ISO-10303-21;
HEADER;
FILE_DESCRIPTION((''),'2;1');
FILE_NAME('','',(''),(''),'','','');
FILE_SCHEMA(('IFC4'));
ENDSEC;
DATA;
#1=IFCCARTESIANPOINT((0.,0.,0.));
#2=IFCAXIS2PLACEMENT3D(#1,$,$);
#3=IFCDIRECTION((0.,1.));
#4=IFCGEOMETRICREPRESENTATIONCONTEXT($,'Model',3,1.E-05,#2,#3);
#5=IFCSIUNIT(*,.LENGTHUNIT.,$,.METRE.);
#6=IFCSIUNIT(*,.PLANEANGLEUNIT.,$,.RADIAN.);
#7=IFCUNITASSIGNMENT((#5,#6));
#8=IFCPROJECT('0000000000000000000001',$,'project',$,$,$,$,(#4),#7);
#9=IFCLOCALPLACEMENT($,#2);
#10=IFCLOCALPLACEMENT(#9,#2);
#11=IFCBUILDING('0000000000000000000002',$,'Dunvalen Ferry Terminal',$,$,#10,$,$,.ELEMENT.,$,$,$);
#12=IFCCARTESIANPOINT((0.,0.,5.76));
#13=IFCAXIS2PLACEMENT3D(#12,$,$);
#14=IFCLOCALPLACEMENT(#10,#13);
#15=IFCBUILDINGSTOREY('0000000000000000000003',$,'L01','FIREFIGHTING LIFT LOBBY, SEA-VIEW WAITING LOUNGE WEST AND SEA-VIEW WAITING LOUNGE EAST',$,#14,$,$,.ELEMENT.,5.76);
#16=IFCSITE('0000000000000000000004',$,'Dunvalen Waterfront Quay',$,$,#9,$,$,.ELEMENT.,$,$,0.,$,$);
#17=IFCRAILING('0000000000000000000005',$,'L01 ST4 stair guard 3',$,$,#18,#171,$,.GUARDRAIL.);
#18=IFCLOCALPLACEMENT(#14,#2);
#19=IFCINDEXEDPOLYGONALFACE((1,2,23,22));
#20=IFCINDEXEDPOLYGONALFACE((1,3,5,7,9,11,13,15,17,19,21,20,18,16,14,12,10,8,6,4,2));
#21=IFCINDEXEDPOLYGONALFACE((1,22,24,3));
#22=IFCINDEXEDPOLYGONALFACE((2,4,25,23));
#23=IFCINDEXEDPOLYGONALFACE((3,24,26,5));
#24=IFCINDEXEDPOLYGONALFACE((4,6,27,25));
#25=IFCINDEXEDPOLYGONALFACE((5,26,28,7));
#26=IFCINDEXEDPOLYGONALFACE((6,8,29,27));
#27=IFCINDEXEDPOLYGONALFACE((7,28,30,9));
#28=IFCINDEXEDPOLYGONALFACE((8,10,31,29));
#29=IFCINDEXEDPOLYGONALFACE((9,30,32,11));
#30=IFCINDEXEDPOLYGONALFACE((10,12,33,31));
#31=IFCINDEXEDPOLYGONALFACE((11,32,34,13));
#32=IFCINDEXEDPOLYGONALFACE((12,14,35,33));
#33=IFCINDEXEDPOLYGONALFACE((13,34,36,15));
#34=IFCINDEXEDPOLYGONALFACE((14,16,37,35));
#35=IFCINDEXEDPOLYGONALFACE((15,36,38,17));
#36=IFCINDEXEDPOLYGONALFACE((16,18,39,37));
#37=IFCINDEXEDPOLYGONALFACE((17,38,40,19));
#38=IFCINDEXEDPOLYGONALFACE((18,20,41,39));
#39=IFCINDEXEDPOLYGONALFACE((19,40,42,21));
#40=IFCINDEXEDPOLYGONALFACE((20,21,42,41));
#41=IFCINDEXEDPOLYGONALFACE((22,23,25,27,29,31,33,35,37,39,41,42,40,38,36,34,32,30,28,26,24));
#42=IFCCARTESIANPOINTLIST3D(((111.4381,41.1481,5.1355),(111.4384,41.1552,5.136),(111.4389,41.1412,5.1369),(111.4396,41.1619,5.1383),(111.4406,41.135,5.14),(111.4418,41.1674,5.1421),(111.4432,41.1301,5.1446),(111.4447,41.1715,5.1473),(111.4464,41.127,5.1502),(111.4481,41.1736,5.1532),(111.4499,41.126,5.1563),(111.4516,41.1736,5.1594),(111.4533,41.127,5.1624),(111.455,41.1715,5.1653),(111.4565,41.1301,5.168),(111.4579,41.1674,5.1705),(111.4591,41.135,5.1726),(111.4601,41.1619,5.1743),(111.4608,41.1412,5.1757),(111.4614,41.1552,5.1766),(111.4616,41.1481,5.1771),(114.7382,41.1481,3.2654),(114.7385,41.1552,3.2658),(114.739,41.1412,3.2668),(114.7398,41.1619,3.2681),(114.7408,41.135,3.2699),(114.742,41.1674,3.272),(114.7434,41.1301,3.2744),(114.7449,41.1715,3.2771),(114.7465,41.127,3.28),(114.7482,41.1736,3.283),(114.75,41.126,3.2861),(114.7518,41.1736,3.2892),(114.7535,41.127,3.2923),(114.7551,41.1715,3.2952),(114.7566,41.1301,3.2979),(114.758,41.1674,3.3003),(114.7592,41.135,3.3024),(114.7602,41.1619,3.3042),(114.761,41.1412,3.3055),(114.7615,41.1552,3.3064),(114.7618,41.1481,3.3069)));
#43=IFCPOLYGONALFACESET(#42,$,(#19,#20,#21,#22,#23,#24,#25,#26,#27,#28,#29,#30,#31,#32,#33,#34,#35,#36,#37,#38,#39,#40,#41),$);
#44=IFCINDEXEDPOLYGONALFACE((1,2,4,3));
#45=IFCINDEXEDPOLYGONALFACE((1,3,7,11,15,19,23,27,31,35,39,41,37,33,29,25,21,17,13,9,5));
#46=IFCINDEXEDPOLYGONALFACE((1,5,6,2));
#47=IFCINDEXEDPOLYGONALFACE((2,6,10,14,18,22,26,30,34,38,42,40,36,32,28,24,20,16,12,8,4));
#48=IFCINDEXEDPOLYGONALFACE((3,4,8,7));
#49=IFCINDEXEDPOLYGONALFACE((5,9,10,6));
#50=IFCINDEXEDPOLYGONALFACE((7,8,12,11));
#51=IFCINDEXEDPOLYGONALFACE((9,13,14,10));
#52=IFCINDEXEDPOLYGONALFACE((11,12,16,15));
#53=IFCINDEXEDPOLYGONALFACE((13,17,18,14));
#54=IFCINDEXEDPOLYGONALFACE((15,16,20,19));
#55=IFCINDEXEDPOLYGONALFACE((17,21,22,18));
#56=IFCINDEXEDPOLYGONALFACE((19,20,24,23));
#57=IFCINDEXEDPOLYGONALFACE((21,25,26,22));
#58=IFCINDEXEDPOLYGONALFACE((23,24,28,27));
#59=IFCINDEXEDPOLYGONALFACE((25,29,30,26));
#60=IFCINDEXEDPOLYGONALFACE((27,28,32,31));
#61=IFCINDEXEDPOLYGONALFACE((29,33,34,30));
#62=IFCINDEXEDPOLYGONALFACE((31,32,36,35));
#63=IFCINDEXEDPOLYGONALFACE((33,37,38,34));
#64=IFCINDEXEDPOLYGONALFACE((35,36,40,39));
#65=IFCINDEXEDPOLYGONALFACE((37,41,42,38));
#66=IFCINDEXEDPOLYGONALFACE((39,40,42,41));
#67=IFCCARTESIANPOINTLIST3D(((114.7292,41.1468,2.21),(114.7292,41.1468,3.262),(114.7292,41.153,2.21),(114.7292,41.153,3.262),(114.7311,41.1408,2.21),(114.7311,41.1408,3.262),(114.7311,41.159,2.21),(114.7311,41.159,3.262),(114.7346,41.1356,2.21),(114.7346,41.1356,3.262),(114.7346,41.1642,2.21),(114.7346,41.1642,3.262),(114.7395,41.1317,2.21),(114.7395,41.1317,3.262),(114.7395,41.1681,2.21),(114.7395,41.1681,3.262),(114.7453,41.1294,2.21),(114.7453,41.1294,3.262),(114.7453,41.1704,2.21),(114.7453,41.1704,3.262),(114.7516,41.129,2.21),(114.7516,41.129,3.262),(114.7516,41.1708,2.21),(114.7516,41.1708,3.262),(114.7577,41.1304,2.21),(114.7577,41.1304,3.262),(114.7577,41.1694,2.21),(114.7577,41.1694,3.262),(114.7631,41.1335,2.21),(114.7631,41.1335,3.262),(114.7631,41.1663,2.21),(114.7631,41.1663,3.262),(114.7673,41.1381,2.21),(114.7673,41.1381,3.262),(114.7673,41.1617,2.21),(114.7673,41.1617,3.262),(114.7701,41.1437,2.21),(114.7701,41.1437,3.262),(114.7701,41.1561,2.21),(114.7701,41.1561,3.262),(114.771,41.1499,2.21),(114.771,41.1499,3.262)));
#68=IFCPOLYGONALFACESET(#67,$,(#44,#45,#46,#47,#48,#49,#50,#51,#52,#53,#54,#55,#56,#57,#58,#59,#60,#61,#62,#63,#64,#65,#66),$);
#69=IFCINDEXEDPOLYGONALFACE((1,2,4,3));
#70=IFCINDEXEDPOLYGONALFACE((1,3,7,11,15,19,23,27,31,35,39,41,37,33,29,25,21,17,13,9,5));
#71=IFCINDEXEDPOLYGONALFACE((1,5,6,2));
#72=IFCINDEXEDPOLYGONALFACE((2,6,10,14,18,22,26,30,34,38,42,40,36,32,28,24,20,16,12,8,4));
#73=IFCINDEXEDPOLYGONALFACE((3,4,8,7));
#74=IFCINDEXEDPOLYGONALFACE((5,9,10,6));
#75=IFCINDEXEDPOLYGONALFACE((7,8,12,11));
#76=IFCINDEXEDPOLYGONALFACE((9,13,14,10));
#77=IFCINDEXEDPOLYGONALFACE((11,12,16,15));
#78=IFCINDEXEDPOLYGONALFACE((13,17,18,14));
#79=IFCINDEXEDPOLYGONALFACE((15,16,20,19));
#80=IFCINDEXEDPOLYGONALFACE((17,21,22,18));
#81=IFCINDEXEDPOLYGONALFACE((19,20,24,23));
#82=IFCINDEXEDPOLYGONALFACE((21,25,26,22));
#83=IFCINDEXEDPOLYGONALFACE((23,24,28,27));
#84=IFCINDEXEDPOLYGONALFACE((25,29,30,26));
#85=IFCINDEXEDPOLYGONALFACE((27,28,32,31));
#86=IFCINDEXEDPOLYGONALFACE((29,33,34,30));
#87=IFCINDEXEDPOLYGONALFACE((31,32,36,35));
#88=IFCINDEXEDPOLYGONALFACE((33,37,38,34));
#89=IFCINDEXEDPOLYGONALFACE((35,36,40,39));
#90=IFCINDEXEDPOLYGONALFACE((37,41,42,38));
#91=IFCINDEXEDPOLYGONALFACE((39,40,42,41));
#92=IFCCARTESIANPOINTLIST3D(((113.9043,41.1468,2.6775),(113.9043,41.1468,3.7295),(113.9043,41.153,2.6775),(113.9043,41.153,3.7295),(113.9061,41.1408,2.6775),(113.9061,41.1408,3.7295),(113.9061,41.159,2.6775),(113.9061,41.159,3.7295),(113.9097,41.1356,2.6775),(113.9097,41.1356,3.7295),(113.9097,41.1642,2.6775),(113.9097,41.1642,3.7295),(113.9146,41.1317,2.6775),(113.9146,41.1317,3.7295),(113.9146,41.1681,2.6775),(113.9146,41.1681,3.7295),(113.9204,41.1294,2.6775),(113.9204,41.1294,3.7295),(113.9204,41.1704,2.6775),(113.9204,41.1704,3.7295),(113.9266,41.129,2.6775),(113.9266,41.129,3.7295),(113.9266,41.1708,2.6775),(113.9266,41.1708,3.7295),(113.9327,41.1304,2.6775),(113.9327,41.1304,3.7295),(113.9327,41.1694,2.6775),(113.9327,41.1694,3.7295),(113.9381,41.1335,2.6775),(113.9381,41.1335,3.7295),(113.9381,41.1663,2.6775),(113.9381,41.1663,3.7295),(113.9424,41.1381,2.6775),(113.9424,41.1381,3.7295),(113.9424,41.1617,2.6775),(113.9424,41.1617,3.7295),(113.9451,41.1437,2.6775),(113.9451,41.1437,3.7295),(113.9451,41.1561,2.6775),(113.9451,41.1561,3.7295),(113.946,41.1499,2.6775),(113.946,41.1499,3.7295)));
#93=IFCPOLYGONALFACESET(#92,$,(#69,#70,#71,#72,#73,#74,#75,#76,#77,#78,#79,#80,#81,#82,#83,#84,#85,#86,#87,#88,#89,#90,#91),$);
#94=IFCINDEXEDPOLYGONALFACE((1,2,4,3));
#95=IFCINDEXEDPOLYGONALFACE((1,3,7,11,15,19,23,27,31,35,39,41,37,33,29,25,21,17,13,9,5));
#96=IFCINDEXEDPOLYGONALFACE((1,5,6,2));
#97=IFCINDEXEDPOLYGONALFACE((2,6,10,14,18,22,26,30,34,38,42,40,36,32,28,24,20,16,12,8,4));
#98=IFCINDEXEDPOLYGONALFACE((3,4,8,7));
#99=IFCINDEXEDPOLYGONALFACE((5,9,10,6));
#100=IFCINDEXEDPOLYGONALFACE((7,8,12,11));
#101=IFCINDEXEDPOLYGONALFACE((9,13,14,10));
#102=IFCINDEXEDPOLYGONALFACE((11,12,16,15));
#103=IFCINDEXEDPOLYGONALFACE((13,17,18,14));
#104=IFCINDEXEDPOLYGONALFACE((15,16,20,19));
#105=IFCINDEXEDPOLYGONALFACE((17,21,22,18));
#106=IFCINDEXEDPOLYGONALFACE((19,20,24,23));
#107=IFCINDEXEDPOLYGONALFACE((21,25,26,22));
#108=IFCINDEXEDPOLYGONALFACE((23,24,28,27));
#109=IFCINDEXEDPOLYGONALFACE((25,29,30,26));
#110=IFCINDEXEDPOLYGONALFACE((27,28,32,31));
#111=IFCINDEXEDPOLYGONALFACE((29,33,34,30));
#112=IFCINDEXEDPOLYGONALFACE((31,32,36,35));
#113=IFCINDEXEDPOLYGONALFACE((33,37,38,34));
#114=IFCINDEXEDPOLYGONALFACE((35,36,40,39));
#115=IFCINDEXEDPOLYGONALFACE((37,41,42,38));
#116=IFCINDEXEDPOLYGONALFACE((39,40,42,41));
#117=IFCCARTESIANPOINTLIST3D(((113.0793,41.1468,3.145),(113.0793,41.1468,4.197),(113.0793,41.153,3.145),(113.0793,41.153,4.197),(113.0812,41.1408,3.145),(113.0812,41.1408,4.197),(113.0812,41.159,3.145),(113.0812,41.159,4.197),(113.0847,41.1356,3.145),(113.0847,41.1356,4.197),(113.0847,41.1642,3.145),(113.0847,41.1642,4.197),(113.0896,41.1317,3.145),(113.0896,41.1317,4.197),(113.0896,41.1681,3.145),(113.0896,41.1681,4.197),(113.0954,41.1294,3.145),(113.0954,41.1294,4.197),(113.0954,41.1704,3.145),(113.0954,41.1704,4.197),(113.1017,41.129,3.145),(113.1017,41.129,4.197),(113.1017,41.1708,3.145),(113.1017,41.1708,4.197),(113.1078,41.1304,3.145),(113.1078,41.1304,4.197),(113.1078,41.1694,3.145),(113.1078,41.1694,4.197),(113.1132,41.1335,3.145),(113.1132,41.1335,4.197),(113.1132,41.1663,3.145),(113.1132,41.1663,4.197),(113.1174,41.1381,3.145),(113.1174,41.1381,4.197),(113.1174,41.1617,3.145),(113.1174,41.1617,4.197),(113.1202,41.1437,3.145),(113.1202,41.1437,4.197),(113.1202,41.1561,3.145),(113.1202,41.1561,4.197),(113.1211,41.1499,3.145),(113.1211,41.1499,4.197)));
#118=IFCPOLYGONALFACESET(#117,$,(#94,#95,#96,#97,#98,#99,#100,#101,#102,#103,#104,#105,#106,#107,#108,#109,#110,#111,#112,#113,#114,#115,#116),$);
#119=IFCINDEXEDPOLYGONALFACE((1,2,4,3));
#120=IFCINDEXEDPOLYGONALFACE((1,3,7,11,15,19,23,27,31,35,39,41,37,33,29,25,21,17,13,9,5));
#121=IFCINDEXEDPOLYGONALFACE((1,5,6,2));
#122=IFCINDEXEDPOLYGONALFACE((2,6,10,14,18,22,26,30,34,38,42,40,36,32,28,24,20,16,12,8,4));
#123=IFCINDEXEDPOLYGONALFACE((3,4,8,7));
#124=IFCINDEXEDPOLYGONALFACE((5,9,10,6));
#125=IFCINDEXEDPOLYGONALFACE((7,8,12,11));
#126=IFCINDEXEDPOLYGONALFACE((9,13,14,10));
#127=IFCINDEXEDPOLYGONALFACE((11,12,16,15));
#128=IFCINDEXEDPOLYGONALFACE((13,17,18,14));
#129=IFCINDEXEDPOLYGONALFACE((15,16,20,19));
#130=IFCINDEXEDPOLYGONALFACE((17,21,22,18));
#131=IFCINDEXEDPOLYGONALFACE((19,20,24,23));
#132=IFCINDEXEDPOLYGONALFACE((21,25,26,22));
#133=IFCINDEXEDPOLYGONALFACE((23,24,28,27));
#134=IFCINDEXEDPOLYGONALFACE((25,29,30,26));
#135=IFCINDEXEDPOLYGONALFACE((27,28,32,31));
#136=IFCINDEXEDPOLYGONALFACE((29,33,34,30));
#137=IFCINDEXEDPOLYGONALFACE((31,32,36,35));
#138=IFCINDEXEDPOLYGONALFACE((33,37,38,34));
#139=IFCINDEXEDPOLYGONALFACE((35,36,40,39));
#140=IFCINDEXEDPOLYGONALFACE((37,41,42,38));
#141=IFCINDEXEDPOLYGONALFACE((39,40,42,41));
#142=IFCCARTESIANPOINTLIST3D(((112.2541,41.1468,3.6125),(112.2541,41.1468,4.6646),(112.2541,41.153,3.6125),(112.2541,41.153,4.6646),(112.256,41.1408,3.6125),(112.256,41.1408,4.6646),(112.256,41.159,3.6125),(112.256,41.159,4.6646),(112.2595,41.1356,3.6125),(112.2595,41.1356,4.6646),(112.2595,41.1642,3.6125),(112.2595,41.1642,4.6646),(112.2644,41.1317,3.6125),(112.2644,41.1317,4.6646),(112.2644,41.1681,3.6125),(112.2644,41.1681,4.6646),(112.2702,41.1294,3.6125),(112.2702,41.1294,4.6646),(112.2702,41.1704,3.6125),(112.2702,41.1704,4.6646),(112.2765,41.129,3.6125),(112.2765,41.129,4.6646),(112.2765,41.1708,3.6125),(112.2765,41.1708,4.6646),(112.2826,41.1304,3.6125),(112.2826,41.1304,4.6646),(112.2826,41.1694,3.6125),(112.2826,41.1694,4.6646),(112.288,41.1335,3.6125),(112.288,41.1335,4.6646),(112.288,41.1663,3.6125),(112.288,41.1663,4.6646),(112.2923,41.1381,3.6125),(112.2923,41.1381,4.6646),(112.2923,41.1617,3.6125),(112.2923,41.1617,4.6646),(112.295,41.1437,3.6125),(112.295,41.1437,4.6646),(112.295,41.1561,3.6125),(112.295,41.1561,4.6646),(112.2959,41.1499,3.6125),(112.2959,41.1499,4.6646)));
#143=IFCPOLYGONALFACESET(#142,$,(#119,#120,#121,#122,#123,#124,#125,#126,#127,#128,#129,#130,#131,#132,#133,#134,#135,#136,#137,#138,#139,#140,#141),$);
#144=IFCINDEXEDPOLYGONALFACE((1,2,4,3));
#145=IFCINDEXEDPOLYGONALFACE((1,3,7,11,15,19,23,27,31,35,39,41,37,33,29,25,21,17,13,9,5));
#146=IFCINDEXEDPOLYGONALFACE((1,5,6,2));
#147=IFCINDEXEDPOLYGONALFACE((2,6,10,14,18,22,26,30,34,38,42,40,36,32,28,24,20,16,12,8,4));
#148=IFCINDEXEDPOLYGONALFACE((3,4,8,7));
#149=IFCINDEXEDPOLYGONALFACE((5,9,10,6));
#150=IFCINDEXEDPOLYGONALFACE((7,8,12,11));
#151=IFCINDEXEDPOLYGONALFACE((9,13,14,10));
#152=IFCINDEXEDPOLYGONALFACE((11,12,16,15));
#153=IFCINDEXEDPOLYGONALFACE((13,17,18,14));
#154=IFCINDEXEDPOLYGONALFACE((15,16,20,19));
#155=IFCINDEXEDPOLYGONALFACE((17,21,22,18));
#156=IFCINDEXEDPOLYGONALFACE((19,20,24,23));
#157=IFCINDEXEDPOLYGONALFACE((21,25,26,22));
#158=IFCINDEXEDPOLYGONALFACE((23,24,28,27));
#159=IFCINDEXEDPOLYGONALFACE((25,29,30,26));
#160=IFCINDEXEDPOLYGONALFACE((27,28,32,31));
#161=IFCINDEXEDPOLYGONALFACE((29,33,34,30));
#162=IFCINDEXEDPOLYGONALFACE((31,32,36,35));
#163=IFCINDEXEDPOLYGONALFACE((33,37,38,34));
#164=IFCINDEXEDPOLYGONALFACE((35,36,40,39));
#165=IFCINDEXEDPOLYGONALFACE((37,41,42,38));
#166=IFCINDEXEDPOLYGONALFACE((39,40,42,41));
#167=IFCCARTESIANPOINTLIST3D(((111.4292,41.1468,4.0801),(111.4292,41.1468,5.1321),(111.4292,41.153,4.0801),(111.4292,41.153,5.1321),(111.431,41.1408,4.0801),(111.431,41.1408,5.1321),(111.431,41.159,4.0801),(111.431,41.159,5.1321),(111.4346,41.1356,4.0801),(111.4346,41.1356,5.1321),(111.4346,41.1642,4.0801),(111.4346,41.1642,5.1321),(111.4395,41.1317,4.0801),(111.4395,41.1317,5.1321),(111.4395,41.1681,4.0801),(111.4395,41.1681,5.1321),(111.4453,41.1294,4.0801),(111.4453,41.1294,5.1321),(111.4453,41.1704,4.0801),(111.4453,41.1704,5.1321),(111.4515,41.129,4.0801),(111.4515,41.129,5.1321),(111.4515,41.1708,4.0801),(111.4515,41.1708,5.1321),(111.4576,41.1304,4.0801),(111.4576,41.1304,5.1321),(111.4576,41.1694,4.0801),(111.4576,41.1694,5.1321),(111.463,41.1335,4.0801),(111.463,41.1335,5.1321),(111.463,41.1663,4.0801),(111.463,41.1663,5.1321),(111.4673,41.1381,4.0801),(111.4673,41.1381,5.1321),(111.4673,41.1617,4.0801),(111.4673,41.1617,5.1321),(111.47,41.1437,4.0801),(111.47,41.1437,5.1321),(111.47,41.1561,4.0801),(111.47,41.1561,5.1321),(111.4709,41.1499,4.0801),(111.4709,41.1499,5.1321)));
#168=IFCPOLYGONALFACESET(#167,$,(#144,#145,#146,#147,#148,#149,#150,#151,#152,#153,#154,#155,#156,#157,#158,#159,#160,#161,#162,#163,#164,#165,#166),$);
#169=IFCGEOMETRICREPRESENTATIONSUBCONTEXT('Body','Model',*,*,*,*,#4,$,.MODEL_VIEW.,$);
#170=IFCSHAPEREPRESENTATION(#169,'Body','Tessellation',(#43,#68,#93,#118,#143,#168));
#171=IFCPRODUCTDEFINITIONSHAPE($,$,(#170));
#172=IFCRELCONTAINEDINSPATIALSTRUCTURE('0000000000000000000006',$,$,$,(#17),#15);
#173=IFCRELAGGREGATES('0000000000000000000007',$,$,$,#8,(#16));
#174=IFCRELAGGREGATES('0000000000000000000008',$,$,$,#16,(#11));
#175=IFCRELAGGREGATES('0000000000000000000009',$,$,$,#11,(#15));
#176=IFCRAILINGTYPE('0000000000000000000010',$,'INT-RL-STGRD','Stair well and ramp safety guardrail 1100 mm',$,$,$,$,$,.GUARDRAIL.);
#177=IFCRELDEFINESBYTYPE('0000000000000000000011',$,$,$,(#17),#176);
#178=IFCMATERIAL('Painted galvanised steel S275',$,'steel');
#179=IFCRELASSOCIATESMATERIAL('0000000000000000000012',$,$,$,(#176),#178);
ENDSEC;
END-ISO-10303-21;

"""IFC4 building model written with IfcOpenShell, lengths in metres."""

from ifc_helpers import new_model, si_unit, direction, frame, origin, origin_2d, place, context, subcontext, project, spatial, circle, extrude, material, type_object, element, save


model = new_model("IFC4")

# Units and contexts
model_context = context("Model", 3, precision=1e-05, world=origin(), true_north=direction((0.0, 1.0)))
body_context = subcontext(model_context, "Body", "Model", "MODEL_VIEW")
ifc_project = project(units=[si_unit("LENGTHUNIT", "METRE"), si_unit("PLANEANGLEUNIT", "RADIAN")], contexts=[model_context])

# Site, building, storey
site_placement = place(None, origin())
site = spatial("IfcSite", under=ifc_project, at=site_placement, Name="Dunvalen Waterfront Quay", CompositionType="ELEMENT", RefElevation=0.0)
building_placement = place(site_placement, origin())
building = spatial("IfcBuilding", under=site, at=building_placement, Name="Dunvalen Ferry Terminal", CompositionType="ELEMENT")
storey_placement = place(building_placement, frame((0.0, 0.0, 5.76)))
storey = spatial("IfcBuildingStorey", under=building, at=storey_placement, Name="L01", Description="FIREFIGHTING LIFT LOBBY, SEA-VIEW WAITING LOUNGE WEST AND SEA-VIEW WAITING LOUNGE EAST", CompositionType="ELEMENT", Elevation=5.76)

# Railing
ifc_material_1 = material(Name="Painted galvanised steel S275", Category="steel")
railing_type_1 = type_object("IfcRailingType", Name="INT-RL-STGRD", Description="Stair well and ramp safety guardrail 1100 mm", PredefinedType="GUARDRAIL", material=ifc_material_1)
railing_1_placement = place(storey_placement, frame((114.75, 41.1499, 2.21)))
element("IfcRailing", 1, at=railing_1_placement, inside=storey, type_object=railing_type_1, Name="L01 ST4 stair guard 3", PredefinedType="GUARDRAIL", context=body_context, shape_type="SweptSolid", body=[
    extrude(circle(Radius=0.0239, at=origin_2d()), frame((0.0, 0.0, 1.0762), z_axis=(-0.870012, 0.0, 0.49303), x_axis=(0.0, -1.0, 0.0)), (0.0, 0.0, 1.0), 3.7932),
    extrude(circle(Radius=0.021, at=origin_2d()), origin(), (0.0, 0.0, 1.0), 1.052),
    extrude(circle(Radius=0.021, at=origin_2d()), frame((-0.825, 0.0, 0.4675)), (0.0, 0.0, 1.0), 1.052),
    extrude(circle(Radius=0.021, at=origin_2d()), frame((-1.6499, 0.0, 0.9351)), (0.0, 0.0, 1.0), 1.052),
    extrude(circle(Radius=0.021, at=origin_2d()), frame((-2.4751, 0.0, 1.4026)), (0.0, 0.0, 1.0), 1.052),
    extrude(circle(Radius=0.021, at=origin_2d()), frame((-3.3, 0.0, 1.8701)), (0.0, 0.0, 1.0), 1.052),
])

save(model, "model.ifc")
